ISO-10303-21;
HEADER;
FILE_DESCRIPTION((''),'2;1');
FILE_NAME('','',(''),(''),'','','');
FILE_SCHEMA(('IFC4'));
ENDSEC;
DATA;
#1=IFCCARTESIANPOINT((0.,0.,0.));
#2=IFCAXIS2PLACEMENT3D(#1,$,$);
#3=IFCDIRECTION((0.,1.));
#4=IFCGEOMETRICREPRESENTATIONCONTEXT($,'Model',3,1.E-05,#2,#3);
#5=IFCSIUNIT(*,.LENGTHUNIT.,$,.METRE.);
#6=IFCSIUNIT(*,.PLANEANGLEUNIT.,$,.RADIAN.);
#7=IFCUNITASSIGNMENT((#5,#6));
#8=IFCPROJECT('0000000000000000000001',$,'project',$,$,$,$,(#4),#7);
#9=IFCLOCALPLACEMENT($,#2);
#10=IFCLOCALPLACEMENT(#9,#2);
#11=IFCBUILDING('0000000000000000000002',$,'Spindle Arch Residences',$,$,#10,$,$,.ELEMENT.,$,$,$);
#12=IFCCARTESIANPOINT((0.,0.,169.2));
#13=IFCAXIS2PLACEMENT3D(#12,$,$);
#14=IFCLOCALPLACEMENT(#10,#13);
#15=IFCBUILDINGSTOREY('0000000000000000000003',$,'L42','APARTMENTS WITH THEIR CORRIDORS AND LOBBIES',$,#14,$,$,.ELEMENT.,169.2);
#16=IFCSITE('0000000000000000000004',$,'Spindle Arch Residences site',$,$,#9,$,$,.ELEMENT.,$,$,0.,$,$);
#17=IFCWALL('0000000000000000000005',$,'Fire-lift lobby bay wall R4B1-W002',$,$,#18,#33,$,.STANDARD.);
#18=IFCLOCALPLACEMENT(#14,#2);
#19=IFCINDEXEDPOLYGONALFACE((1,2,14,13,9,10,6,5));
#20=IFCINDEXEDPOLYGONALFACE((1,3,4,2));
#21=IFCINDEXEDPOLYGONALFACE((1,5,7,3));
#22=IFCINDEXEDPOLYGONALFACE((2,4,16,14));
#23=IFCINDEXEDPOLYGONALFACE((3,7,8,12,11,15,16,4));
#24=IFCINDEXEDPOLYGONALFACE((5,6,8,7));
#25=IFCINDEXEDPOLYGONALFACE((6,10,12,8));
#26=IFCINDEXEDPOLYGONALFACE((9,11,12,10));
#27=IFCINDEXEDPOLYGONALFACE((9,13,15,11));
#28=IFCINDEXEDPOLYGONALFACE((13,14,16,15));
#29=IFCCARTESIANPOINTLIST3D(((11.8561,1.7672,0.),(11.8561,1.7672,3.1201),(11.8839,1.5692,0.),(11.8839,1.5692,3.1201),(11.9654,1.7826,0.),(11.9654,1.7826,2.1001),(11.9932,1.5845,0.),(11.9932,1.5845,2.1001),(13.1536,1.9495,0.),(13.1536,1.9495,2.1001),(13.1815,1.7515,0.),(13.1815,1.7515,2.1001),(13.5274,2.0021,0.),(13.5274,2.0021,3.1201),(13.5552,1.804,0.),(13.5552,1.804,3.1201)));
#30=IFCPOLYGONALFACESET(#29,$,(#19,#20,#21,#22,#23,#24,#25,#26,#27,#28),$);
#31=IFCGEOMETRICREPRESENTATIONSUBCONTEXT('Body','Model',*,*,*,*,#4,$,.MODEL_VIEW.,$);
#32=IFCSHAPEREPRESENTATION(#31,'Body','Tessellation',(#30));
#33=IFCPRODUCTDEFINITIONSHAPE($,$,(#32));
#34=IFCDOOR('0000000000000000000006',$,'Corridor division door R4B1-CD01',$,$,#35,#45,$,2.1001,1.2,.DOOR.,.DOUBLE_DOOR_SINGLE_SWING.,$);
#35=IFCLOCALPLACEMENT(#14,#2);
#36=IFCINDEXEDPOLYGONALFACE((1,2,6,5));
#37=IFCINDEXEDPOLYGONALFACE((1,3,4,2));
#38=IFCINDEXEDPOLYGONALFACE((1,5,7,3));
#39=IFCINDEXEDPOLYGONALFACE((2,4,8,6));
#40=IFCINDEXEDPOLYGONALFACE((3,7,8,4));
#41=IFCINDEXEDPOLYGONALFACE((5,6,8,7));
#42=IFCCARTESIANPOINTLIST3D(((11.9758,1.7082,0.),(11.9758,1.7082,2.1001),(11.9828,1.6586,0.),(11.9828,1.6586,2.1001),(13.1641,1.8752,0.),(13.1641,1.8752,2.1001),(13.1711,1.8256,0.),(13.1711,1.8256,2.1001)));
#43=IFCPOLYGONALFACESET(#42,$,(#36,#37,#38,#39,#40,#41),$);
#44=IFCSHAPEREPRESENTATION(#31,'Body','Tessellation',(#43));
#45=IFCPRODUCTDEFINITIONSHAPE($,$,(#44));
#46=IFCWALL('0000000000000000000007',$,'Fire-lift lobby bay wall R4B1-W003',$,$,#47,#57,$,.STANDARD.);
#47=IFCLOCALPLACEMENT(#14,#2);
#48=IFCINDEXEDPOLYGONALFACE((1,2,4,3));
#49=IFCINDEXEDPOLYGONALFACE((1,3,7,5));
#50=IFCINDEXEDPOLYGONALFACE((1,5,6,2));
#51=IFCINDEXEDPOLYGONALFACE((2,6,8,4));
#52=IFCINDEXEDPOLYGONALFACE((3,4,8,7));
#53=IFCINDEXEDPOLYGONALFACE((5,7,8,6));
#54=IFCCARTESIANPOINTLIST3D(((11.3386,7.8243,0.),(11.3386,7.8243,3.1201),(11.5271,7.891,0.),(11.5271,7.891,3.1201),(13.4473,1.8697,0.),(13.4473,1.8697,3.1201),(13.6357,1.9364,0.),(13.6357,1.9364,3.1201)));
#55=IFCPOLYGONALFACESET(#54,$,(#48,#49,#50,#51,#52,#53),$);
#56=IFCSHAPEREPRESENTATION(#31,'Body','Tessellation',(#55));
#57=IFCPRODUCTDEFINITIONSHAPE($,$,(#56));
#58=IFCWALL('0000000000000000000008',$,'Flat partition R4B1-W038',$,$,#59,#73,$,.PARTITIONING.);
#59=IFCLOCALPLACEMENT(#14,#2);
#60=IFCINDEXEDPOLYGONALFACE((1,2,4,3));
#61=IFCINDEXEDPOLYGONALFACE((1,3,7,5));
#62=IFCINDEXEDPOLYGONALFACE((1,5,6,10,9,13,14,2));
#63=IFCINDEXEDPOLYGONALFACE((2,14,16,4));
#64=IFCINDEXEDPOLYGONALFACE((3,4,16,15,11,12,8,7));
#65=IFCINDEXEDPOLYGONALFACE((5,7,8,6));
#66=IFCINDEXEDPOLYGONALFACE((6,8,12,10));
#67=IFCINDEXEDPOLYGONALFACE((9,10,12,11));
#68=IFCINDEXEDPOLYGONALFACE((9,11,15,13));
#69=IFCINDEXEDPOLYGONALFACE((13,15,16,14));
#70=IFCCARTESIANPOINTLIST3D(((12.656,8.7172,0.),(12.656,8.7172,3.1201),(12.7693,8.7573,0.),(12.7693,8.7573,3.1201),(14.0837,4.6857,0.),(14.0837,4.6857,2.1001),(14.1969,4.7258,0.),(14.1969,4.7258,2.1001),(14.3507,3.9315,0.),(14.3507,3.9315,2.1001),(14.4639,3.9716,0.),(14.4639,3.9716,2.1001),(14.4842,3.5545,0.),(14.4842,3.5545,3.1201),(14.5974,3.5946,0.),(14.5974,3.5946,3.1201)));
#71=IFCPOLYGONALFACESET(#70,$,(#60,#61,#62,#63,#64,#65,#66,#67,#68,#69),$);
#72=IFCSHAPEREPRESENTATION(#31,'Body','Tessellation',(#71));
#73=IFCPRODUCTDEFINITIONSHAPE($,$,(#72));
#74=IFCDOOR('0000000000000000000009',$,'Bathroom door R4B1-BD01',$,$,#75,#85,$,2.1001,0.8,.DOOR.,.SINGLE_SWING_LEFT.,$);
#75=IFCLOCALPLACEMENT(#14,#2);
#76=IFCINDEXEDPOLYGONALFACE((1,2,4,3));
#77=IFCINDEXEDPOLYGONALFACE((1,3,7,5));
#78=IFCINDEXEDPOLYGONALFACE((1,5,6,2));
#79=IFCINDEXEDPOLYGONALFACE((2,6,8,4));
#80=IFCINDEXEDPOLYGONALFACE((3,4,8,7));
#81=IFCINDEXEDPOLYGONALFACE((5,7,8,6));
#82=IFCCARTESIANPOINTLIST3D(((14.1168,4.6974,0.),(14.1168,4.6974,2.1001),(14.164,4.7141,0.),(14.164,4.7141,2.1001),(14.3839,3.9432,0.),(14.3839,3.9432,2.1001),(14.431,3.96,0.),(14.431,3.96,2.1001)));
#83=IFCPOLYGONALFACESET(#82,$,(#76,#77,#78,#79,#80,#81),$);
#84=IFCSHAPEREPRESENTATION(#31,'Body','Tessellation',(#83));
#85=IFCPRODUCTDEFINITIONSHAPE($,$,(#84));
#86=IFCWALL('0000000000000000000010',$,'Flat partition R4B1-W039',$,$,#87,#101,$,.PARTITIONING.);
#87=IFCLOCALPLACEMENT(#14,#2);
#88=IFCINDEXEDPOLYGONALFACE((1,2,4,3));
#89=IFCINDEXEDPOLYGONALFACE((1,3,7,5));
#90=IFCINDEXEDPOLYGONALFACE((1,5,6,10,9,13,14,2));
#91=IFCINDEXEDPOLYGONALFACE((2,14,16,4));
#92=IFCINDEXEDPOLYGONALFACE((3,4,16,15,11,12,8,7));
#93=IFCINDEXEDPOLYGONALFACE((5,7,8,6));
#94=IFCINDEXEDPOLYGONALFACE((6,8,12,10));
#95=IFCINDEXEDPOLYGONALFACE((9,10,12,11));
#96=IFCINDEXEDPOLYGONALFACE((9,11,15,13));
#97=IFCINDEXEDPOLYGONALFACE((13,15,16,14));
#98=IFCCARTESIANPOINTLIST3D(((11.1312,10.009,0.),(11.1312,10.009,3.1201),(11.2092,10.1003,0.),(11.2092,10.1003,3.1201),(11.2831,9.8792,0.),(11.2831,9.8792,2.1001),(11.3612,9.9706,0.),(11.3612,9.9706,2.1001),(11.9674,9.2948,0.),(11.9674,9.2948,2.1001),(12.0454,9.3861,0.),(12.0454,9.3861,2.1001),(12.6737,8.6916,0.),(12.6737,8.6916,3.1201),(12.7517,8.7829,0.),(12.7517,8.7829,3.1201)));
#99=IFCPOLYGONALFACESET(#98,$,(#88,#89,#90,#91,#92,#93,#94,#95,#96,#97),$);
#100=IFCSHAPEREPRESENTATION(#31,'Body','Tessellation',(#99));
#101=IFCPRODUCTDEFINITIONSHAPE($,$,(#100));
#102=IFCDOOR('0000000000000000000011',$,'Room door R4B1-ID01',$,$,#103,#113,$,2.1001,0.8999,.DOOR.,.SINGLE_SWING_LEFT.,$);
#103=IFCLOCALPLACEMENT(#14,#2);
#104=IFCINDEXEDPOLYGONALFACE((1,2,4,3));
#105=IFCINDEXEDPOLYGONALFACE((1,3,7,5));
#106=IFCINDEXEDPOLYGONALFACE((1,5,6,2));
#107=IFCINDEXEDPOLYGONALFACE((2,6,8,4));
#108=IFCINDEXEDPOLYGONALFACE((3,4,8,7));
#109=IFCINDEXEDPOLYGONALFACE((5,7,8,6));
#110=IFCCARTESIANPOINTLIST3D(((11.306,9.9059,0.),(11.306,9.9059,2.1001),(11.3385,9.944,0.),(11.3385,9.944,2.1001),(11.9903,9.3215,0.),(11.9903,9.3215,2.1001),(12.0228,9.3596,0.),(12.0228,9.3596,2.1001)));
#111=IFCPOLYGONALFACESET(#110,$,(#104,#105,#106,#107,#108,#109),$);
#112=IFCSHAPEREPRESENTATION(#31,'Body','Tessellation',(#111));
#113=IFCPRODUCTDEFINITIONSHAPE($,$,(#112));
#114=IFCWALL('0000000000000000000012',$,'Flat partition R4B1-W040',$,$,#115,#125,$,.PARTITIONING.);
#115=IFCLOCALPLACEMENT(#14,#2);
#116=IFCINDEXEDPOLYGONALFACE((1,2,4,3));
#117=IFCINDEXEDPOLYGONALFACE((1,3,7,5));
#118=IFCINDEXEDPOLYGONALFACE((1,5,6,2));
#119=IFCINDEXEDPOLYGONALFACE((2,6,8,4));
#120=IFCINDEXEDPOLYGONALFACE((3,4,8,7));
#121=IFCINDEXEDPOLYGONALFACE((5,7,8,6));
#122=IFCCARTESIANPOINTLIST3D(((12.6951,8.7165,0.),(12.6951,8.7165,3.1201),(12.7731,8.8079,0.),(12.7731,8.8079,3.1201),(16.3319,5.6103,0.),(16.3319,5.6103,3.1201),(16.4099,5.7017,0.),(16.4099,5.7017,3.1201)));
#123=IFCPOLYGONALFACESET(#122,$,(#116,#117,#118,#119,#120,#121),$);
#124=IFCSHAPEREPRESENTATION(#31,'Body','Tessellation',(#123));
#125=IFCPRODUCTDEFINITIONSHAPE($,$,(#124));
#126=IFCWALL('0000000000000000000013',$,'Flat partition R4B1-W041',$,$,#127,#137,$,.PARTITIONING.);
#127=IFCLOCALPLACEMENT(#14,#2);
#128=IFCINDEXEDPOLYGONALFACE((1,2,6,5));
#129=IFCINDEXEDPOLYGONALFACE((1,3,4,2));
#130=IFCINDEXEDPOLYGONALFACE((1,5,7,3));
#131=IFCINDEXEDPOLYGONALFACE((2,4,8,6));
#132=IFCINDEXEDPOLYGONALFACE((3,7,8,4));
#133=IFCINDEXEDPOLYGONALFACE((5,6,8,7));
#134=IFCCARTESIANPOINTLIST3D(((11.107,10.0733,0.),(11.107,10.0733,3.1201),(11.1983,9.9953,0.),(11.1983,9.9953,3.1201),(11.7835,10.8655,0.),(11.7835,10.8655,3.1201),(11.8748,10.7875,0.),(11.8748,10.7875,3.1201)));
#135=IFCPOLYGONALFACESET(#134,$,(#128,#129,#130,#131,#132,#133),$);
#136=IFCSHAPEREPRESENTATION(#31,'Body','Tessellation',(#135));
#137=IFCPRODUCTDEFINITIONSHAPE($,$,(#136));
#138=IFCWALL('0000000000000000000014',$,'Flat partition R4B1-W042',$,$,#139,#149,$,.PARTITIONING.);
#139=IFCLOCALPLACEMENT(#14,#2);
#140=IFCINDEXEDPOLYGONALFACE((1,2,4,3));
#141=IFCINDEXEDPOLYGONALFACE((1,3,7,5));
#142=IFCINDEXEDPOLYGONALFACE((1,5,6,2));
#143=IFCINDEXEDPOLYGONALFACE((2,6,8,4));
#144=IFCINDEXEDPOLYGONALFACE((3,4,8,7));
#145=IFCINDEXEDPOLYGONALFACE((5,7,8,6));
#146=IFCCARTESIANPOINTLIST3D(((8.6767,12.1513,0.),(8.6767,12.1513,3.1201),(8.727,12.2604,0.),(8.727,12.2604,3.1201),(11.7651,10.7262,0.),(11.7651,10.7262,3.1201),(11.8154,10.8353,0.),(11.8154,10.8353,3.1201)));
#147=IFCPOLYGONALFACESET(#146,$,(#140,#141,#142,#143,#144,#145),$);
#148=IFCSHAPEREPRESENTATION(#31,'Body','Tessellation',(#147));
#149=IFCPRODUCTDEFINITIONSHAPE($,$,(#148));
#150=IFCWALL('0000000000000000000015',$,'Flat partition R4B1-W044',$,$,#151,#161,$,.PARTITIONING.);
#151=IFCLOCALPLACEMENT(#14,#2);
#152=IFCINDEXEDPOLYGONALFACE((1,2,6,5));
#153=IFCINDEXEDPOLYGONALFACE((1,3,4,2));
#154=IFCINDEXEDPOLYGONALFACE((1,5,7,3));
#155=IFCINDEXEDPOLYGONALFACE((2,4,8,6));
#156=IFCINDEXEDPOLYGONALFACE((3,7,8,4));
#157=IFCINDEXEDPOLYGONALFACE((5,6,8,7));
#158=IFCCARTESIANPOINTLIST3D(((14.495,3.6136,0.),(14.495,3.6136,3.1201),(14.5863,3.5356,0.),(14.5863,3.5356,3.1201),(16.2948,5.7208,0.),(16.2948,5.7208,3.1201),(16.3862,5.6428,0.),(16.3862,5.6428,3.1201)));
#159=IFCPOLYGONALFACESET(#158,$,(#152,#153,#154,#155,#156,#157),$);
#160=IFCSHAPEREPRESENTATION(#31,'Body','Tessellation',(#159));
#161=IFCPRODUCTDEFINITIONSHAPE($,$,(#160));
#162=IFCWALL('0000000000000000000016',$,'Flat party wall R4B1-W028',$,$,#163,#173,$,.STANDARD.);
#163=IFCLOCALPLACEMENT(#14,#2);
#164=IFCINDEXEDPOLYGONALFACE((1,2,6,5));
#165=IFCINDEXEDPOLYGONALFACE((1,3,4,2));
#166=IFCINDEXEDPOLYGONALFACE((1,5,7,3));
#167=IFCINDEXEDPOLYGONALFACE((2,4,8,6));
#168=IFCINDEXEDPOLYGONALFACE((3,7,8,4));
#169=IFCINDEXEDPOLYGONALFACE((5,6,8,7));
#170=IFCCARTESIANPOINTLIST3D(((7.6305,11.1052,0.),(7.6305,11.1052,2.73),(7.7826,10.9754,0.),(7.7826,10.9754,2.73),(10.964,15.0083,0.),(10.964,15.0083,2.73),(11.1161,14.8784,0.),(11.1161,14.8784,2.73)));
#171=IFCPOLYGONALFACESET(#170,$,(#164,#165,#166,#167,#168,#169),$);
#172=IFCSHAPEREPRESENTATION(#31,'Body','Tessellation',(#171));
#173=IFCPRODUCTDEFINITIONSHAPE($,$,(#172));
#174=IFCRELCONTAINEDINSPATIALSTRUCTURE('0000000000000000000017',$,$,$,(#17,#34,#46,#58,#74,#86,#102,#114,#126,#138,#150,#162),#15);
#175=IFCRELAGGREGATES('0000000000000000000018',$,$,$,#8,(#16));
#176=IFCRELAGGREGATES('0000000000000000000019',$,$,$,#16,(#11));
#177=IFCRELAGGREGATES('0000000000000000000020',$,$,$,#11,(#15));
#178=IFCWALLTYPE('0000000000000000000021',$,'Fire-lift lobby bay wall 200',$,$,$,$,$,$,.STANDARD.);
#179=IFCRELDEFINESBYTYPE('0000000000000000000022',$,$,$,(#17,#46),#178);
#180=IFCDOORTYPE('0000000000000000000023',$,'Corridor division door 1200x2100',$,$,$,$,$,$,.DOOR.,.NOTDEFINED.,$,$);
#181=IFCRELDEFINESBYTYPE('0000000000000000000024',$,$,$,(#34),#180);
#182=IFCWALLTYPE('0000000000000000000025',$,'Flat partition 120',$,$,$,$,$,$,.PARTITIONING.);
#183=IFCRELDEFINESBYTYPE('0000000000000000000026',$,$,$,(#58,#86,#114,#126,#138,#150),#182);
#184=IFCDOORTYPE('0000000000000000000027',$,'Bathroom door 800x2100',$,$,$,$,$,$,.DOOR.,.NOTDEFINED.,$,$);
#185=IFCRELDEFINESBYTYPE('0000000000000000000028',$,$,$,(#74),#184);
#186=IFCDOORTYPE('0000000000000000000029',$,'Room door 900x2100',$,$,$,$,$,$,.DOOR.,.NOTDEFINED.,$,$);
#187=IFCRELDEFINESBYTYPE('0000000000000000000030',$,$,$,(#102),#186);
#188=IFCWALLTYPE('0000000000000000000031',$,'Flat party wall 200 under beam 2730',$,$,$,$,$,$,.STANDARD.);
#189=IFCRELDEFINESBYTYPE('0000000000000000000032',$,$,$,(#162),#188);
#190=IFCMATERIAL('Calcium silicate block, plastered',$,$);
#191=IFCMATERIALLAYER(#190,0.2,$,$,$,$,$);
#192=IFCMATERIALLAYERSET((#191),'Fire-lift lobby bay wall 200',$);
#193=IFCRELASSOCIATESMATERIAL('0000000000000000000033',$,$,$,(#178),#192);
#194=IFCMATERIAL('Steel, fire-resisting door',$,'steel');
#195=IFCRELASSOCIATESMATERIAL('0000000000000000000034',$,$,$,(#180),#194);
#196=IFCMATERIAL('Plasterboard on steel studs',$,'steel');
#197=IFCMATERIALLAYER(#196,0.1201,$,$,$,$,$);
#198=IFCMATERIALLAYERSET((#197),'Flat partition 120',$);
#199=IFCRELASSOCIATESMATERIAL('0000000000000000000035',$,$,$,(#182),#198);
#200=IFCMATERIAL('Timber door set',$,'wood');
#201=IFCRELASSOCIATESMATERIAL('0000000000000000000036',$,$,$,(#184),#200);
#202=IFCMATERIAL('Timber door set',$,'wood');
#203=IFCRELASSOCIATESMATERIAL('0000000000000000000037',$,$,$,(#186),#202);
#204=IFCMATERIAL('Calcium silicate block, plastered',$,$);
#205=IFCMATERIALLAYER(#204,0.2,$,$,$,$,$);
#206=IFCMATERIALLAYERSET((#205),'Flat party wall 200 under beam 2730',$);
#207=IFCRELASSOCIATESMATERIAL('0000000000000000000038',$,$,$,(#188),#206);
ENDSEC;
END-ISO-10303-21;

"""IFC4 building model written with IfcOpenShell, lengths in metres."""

from ifc_helpers import new_model, si_unit, direction, frame, frame_2d, origin, place, context, subcontext, project, spatial, rectangle, extrude, material, layer, layer_set, type_object, element, fill, save


model = new_model("IFC4")

# Units and contexts
model_context = context("Model", 3, precision=1e-05, world=origin(), true_north=direction((0.0, 1.0)))
body_context = subcontext(model_context, "Body", "Model", "MODEL_VIEW")
ifc_project = project(units=[si_unit("LENGTHUNIT", "METRE"), si_unit("PLANEANGLEUNIT", "RADIAN")], contexts=[model_context])

# Site, building, storey
site_placement = place(None, origin())
site = spatial("IfcSite", under=ifc_project, at=site_placement, Name="Spindle Arch Residences site", CompositionType="ELEMENT", RefElevation=0.0)
building_placement = place(site_placement, origin())
building = spatial("IfcBuilding", under=site, at=building_placement, Name="Spindle Arch Residences", CompositionType="ELEMENT")
storey_placement = place(building_placement, frame((0.0, 0.0, 169.2)))
storey = spatial("IfcBuildingStorey", under=building, at=storey_placement, Name="L42", Description="APARTMENTS WITH THEIR CORRIDORS AND LOBBIES", CompositionType="ELEMENT", Elevation=169.2)

# Shared definitions
ifc_material_1 = material(Name="Calcium silicate block, plastered")
ifc_layer_1 = layer(ifc_material_1, 0.2)
ifc_layer_set_1 = layer_set([ifc_layer_1], Name="Fire-lift lobby bay wall 200")
wall_type_1 = type_object("IfcWallType", Name="Fire-lift lobby bay wall 200", PredefinedType="STANDARD", material=ifc_layer_set_1)

# Wall, opening, door
wall_1_placement = place(storey_placement, frame((11.8701, 1.6682, 0.0), z_axis=(0.0, 0.0, 1.0), x_axis=(0.990271, 0.139153, 0.0)))
wall_1 = element("IfcWall", 1, at=wall_1_placement, inside=storey, type_object=wall_type_1, Name="Fire-lift lobby bay wall R4B1-W002", PredefinedType="STANDARD", context=body_context, shape_type="SweptSolid", body=[
    extrude(rectangle(XDim=1.6877, YDim=0.2, at=frame_2d((0.8438, 0.0))), origin(), (0.0, 0.0, 1.0), 3.1201),
])
opening_1_placement = place(wall_1_placement, frame((0.1101, 0.0, 0.0)))
opening_1 = element("IfcOpeningElement", 2, at=opening_1_placement, cuts=wall_1, PredefinedType="OPENING", context=body_context, shape_type="SweptSolid", body=[
    extrude(rectangle(XDim=1.2, YDim=2.1001, at=frame_2d((0.6001, 1.05))), frame((0.0, 0.1099, 0.0), z_axis=(0.0, -1.0, 0.0), x_axis=(1.0, 0.0, 0.0)), (0.0, 0.0, 1.0), 0.22),
])
ifc_material_2 = material(Name="Steel, fire-resisting door", Category="steel")
door_type_1 = type_object("IfcDoorType", Name="Corridor division door 1200x2100", OperationType="NOTDEFINED", PredefinedType="DOOR", material=ifc_material_2)
door_1_placement = place(opening_1_placement, origin())
door_1 = element("IfcDoor", 3, at=door_1_placement, inside=storey, type_object=door_type_1, Name="Corridor division door R4B1-CD01", OperationType="DOUBLE_DOOR_SINGLE_SWING", OverallHeight=2.1001, OverallWidth=1.2, PredefinedType="DOOR", context=body_context, shape_type="SweptSolid", body=[
    extrude(rectangle(XDim=1.2, YDim=2.1001, at=frame_2d((0.6001, 1.05))), frame((0.0, 0.0249, 0.0), z_axis=(0.0, -1.0, 0.0), x_axis=(1.0, 0.0, 0.0)), (0.0, 0.0, 1.0), 0.05),
])
fill(opening_1, door_1)

# Wall
wall_2_placement = place(storey_placement, frame((13.5415, 1.9031, 0.0), z_axis=(0.0, 0.0, 1.0), x_axis=(-0.333809, 0.942641, 0.0)))
element("IfcWall", 4, at=wall_2_placement, inside=storey, type_object=wall_type_1, Name="Fire-lift lobby bay wall R4B1-W003", PredefinedType="STANDARD", context=body_context, shape_type="SweptSolid", body=[
    extrude(rectangle(XDim=6.3169, YDim=0.2, at=frame_2d((3.1584, 0.0))), origin(), (0.0, 0.0, 1.0), 3.1201),
])

# Walls, openings, doors
ifc_material_3 = material(Name="Plasterboard on steel studs", Category="steel")
ifc_layer_2 = layer(ifc_material_3, 0.1201)
ifc_layer_set_2 = layer_set([ifc_layer_2], Name="Flat partition 120")
wall_type_2 = type_object("IfcWallType", Name="Flat partition 120", PredefinedType="PARTITIONING", material=ifc_layer_set_2)
wall_3_placement = place(storey_placement, frame((14.5408, 3.5747, 0.0), z_axis=(0.0, 0.0, 1.0), x_axis=(-0.333799, 0.942644, 0.0)))
wall_3 = element("IfcWall", 5, at=wall_3_placement, inside=storey, type_object=wall_type_2, Name="Flat partition R4B1-W038", PredefinedType="PARTITIONING", context=body_context, shape_type="SweptSolid", body=[
    extrude(rectangle(XDim=5.4768, YDim=0.1201, at=frame_2d((2.7383, 0.0))), origin(), (0.0, 0.0, 1.0), 3.1201),
])
opening_2_placement = place(wall_3_placement, frame((0.3999, 0.0, 0.0)))
opening_2 = element("IfcOpeningElement", 6, at=opening_2_placement, cuts=wall_3, PredefinedType="OPENING", context=body_context, shape_type="SweptSolid", body=[
    extrude(rectangle(XDim=0.8, YDim=2.1001, at=frame_2d((0.3999, 1.05))), frame((0.0, 0.0701, 0.0), z_axis=(0.0, -1.0, 0.0), x_axis=(1.0, 0.0, 0.0)), (0.0, 0.0, 1.0), 0.1401),
])
ifc_material_4 = material(Name="Timber door set", Category="wood")
door_type_2 = type_object("IfcDoorType", Name="Bathroom door 800x2100", OperationType="NOTDEFINED", PredefinedType="DOOR", material=ifc_material_4)
door_2_placement = place(opening_2_placement, origin())
door_2 = element("IfcDoor", 7, at=door_2_placement, inside=storey, type_object=door_type_2, Name="Bathroom door R4B1-BD01", OperationType="SINGLE_SWING_LEFT", OverallHeight=2.1001, OverallWidth=0.8, PredefinedType="DOOR", context=body_context, shape_type="SweptSolid", body=[
    extrude(rectangle(XDim=0.8, YDim=2.1001, at=frame_2d((0.3999, 1.05))), frame((0.0, 0.0249, 0.0), z_axis=(0.0, -1.0, 0.0), x_axis=(1.0, 0.0, 0.0)), (0.0, 0.0, 1.0), 0.05),
])
fill(opening_2, door_2)
wall_4_placement = place(storey_placement, frame((12.7126, 8.7373, 0.0), z_axis=(0.0, 0.0, 1.0), x_axis=(-0.760411, 0.649442, 0.0)))
wall_4 = element("IfcWall", 8, at=wall_4_placement, inside=storey, type_object=wall_type_2, Name="Flat partition R4B1-W039", PredefinedType="PARTITIONING", context=body_context, shape_type="SweptSolid", body=[
    extrude(rectangle(XDim=2.0286, YDim=0.1201, at=frame_2d((1.0142, 0.0))), origin(), (0.0, 0.0, 1.0), 3.1201),
])
opening_3_placement = place(wall_4_placement, frame((0.9287, 0.0, 0.0)))
opening_3 = element("IfcOpeningElement", 9, at=opening_3_placement, cuts=wall_4, PredefinedType="OPENING", context=body_context, shape_type="SweptSolid", body=[
    extrude(rectangle(XDim=0.8999, YDim=2.1001, at=frame_2d((0.45, 1.05))), frame((0.0, 0.0701, 0.0), z_axis=(0.0, -1.0, 0.0), x_axis=(1.0, 0.0, 0.0)), (0.0, 0.0, 1.0), 0.1401),
])
ifc_material_5 = material(Name="Timber door set", Category="wood")
door_type_3 = type_object("IfcDoorType", Name="Room door 900x2100", OperationType="NOTDEFINED", PredefinedType="DOOR", material=ifc_material_5)
door_3_placement = place(opening_3_placement, origin())
door_3 = element("IfcDoor", 10, at=door_3_placement, inside=storey, type_object=door_type_3, Name="Room door R4B1-ID01", OperationType="SINGLE_SWING_LEFT", OverallHeight=2.1001, OverallWidth=0.8999, PredefinedType="DOOR", context=body_context, shape_type="SweptSolid", body=[
    extrude(rectangle(XDim=0.8999, YDim=2.1001, at=frame_2d((0.45, 1.05))), frame((0.0, 0.0249, 0.0), z_axis=(0.0, -1.0, 0.0), x_axis=(1.0, 0.0, 0.0)), (0.0, 0.0, 1.0), 0.05),
])
fill(opening_3, door_3)

# Walls
wall_5_placement = place(storey_placement, frame((12.7341, 8.7622, 0.0), z_axis=(0.0, 0.0, 1.0), x_axis=(0.76039, -0.649466, 0.0)))
element("IfcWall", 11, at=wall_5_placement, inside=storey, type_object=wall_type_2, Name="Flat partition R4B1-W040", PredefinedType="PARTITIONING", context=body_context, shape_type="SweptSolid", body=[
    extrude(rectangle(XDim=4.7827, YDim=0.1201, at=frame_2d((2.3914, 0.0))), origin(), (0.0, 0.0, 1.0), 3.1201),
])
wall_6_placement = place(storey_placement, frame((11.1526, 10.0342, 0.0), z_axis=(0.0, 0.0, 1.0), x_axis=(0.649381, 0.760463, 0.0)))
element("IfcWall", 12, at=wall_6_placement, inside=storey, type_object=wall_type_2, Name="Flat partition R4B1-W041", PredefinedType="PARTITIONING", context=body_context, shape_type="SweptSolid", body=[
    extrude(rectangle(XDim=1.0417, YDim=0.1201, at=frame_2d((0.521, 0.0))), origin(), (0.0, 0.0, 1.0), 3.1201),
])
wall_7_placement = place(storey_placement, frame((11.7903, 10.7808, 0.0), z_axis=(0.0, 0.0, 1.0), x_axis=(-0.907999, 0.418972, 0.0)))
element("IfcWall", 13, at=wall_7_placement, inside=storey, type_object=wall_type_2, Name="Flat partition R4B1-W042", PredefinedType="PARTITIONING", context=body_context, shape_type="SweptSolid", body=[
    extrude(rectangle(XDim=3.4014, YDim=0.1201, at=frame_2d((1.7007, 0.0))), origin(), (0.0, 0.0, 1.0), 3.1201),
])
wall_8_placement = place(storey_placement, frame((16.3406, 5.6819, 0.0), z_axis=(0.0, 0.0, 1.0), x_axis=(-0.64947, -0.760387, 0.0)))
element("IfcWall", 14, at=wall_8_placement, inside=storey, type_object=wall_type_2, Name="Flat partition R4B1-W044", PredefinedType="PARTITIONING", context=body_context, shape_type="SweptSolid", body=[
    extrude(rectangle(XDim=2.7712, YDim=0.1201, at=frame_2d((1.3857, 0.0))), origin(), (0.0, 0.0, 1.0), 3.1201),
])
ifc_material_6 = material(Name="Calcium silicate block, plastered")
ifc_layer_3 = layer(ifc_material_6, 0.2)
ifc_layer_set_3 = layer_set([ifc_layer_3], Name="Flat party wall 200 under beam 2730")
wall_type_3 = type_object("IfcWallType", Name="Flat party wall 200 under beam 2730", PredefinedType="STANDARD", material=ifc_layer_set_3)
wall_9_placement = place(storey_placement, frame((11.04, 14.9434, 0.0), z_axis=(0.0, 0.0, 1.0), x_axis=(-0.649443, -0.76041, 0.0)))
element("IfcWall", 15, at=wall_9_placement, inside=storey, type_object=wall_type_3, Name="Flat party wall R4B1-W028", PredefinedType="STANDARD", context=body_context, shape_type="SweptSolid", body=[
    extrude(rectangle(XDim=5.1328, YDim=0.2, at=frame_2d((2.5664, 0.0))), origin(), (0.0, 0.0, 1.0), 2.73),
])

save(model, "model.ifc")
